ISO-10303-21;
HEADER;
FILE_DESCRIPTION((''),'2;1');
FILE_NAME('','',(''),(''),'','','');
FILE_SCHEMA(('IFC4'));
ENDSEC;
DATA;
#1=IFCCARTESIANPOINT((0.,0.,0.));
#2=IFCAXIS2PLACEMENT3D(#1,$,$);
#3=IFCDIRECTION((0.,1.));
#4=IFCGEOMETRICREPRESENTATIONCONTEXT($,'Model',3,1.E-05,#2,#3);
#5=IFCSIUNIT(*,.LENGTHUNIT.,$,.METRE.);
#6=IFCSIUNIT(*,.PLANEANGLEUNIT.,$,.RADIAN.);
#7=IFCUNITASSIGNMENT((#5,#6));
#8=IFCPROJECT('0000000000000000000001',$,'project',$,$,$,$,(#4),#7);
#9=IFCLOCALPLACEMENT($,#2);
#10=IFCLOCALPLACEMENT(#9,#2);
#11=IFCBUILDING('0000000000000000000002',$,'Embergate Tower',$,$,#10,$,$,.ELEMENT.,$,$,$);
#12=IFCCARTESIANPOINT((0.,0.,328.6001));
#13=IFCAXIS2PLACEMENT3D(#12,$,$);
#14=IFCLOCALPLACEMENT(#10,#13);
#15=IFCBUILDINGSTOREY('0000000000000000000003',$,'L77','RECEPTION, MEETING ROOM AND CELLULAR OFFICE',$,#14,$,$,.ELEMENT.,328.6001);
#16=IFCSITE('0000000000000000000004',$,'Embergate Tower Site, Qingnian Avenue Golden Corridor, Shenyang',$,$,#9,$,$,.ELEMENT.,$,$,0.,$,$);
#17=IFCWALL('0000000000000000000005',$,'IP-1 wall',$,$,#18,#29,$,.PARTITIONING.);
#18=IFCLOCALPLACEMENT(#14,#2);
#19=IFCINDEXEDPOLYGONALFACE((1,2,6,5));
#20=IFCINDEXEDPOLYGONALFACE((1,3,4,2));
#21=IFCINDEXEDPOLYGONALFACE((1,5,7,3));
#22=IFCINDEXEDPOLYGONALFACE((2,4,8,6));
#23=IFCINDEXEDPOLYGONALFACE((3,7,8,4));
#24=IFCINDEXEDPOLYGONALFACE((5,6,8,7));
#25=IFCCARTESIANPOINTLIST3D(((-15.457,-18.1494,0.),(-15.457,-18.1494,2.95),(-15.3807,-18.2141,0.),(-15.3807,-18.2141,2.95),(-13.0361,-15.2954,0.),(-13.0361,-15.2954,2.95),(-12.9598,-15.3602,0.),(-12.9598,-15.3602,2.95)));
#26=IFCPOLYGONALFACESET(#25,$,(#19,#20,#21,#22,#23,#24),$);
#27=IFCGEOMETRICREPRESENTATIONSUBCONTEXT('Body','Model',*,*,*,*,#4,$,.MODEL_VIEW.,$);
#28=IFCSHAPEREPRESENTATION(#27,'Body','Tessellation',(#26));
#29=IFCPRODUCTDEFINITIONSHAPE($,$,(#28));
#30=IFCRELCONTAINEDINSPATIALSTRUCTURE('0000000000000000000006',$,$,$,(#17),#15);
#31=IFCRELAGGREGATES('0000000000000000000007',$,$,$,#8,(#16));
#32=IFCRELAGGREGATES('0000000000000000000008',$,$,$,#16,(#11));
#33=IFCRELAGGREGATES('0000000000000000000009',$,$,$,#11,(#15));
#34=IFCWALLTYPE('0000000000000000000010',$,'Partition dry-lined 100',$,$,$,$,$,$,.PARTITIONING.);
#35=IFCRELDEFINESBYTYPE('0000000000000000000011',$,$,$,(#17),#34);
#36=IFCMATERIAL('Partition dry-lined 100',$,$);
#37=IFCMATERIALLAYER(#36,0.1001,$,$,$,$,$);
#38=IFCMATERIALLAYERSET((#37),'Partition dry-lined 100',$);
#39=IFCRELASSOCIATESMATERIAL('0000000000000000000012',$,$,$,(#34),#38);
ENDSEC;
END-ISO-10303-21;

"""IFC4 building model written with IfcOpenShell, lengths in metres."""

from ifc_helpers import new_model, si_unit, direction, frame, frame_2d, origin, place, context, subcontext, project, spatial, rectangle, extrude, source, transform, mapped, material, layer, layer_set, type_object, element, save


model = new_model("IFC4")

# Units and contexts
model_context = context("Model", 3, precision=1e-05, world=origin(), true_north=direction((0.0, 1.0)))
body_context = subcontext(model_context, "Body", "Model", "MODEL_VIEW")
ifc_project = project(units=[si_unit("LENGTHUNIT", "METRE"), si_unit("PLANEANGLEUNIT", "RADIAN")], contexts=[model_context])

# Site, building, storey
site_placement = place(None, origin())
site = spatial("IfcSite", under=ifc_project, at=site_placement, Name="Embergate Tower Site, Qingnian Avenue Golden Corridor, Shenyang", CompositionType="ELEMENT", RefElevation=0.0)
building_placement = place(site_placement, origin())
building = spatial("IfcBuilding", under=site, at=building_placement, Name="Embergate Tower", CompositionType="ELEMENT")
storey_placement = place(building_placement, frame((0.0, 0.0, 328.6001)))
storey = spatial("IfcBuildingStorey", under=building, at=storey_placement, Name="L77", Description="RECEPTION, MEETING ROOM AND CELLULAR OFFICE", CompositionType="ELEMENT", Elevation=328.6001)

# Wall
ifc_material_1 = material(Name="Partition dry-lined 100")
ifc_layer_1 = layer(ifc_material_1, 0.1001)
ifc_layer_set_1 = layer_set([ifc_layer_1], Name="Partition dry-lined 100")
wall_type = type_object("IfcWallType", Name="Partition dry-lined 100", PredefinedType="PARTITIONING", material=ifc_layer_set_1)
shared_shape_1 = source(origin(), body_context, "Body", "SweptSolid", [
    extrude(rectangle(XDim=3.7424, YDim=0.1001, at=frame_2d((1.8711, 0.0))), origin(), (0.0, 0.0, 1.0), 2.95),
])
wall_1_placement = place(storey_placement, frame((-12.998, -15.3279, 0.0), z_axis=(0.0, 0.0, 1.0), x_axis=(-0.646872, -0.762599, 0.0)))
element("IfcWall", 1, at=wall_1_placement, inside=storey, type_object=wall_type, Name="IP-1 wall", PredefinedType="PARTITIONING", context=body_context, shape_type="MappedRepresentation", body=[
    mapped(shared_shape_1, transform((0.0, 0.0, 0.0))),
])

save(model, "model.ifc")
